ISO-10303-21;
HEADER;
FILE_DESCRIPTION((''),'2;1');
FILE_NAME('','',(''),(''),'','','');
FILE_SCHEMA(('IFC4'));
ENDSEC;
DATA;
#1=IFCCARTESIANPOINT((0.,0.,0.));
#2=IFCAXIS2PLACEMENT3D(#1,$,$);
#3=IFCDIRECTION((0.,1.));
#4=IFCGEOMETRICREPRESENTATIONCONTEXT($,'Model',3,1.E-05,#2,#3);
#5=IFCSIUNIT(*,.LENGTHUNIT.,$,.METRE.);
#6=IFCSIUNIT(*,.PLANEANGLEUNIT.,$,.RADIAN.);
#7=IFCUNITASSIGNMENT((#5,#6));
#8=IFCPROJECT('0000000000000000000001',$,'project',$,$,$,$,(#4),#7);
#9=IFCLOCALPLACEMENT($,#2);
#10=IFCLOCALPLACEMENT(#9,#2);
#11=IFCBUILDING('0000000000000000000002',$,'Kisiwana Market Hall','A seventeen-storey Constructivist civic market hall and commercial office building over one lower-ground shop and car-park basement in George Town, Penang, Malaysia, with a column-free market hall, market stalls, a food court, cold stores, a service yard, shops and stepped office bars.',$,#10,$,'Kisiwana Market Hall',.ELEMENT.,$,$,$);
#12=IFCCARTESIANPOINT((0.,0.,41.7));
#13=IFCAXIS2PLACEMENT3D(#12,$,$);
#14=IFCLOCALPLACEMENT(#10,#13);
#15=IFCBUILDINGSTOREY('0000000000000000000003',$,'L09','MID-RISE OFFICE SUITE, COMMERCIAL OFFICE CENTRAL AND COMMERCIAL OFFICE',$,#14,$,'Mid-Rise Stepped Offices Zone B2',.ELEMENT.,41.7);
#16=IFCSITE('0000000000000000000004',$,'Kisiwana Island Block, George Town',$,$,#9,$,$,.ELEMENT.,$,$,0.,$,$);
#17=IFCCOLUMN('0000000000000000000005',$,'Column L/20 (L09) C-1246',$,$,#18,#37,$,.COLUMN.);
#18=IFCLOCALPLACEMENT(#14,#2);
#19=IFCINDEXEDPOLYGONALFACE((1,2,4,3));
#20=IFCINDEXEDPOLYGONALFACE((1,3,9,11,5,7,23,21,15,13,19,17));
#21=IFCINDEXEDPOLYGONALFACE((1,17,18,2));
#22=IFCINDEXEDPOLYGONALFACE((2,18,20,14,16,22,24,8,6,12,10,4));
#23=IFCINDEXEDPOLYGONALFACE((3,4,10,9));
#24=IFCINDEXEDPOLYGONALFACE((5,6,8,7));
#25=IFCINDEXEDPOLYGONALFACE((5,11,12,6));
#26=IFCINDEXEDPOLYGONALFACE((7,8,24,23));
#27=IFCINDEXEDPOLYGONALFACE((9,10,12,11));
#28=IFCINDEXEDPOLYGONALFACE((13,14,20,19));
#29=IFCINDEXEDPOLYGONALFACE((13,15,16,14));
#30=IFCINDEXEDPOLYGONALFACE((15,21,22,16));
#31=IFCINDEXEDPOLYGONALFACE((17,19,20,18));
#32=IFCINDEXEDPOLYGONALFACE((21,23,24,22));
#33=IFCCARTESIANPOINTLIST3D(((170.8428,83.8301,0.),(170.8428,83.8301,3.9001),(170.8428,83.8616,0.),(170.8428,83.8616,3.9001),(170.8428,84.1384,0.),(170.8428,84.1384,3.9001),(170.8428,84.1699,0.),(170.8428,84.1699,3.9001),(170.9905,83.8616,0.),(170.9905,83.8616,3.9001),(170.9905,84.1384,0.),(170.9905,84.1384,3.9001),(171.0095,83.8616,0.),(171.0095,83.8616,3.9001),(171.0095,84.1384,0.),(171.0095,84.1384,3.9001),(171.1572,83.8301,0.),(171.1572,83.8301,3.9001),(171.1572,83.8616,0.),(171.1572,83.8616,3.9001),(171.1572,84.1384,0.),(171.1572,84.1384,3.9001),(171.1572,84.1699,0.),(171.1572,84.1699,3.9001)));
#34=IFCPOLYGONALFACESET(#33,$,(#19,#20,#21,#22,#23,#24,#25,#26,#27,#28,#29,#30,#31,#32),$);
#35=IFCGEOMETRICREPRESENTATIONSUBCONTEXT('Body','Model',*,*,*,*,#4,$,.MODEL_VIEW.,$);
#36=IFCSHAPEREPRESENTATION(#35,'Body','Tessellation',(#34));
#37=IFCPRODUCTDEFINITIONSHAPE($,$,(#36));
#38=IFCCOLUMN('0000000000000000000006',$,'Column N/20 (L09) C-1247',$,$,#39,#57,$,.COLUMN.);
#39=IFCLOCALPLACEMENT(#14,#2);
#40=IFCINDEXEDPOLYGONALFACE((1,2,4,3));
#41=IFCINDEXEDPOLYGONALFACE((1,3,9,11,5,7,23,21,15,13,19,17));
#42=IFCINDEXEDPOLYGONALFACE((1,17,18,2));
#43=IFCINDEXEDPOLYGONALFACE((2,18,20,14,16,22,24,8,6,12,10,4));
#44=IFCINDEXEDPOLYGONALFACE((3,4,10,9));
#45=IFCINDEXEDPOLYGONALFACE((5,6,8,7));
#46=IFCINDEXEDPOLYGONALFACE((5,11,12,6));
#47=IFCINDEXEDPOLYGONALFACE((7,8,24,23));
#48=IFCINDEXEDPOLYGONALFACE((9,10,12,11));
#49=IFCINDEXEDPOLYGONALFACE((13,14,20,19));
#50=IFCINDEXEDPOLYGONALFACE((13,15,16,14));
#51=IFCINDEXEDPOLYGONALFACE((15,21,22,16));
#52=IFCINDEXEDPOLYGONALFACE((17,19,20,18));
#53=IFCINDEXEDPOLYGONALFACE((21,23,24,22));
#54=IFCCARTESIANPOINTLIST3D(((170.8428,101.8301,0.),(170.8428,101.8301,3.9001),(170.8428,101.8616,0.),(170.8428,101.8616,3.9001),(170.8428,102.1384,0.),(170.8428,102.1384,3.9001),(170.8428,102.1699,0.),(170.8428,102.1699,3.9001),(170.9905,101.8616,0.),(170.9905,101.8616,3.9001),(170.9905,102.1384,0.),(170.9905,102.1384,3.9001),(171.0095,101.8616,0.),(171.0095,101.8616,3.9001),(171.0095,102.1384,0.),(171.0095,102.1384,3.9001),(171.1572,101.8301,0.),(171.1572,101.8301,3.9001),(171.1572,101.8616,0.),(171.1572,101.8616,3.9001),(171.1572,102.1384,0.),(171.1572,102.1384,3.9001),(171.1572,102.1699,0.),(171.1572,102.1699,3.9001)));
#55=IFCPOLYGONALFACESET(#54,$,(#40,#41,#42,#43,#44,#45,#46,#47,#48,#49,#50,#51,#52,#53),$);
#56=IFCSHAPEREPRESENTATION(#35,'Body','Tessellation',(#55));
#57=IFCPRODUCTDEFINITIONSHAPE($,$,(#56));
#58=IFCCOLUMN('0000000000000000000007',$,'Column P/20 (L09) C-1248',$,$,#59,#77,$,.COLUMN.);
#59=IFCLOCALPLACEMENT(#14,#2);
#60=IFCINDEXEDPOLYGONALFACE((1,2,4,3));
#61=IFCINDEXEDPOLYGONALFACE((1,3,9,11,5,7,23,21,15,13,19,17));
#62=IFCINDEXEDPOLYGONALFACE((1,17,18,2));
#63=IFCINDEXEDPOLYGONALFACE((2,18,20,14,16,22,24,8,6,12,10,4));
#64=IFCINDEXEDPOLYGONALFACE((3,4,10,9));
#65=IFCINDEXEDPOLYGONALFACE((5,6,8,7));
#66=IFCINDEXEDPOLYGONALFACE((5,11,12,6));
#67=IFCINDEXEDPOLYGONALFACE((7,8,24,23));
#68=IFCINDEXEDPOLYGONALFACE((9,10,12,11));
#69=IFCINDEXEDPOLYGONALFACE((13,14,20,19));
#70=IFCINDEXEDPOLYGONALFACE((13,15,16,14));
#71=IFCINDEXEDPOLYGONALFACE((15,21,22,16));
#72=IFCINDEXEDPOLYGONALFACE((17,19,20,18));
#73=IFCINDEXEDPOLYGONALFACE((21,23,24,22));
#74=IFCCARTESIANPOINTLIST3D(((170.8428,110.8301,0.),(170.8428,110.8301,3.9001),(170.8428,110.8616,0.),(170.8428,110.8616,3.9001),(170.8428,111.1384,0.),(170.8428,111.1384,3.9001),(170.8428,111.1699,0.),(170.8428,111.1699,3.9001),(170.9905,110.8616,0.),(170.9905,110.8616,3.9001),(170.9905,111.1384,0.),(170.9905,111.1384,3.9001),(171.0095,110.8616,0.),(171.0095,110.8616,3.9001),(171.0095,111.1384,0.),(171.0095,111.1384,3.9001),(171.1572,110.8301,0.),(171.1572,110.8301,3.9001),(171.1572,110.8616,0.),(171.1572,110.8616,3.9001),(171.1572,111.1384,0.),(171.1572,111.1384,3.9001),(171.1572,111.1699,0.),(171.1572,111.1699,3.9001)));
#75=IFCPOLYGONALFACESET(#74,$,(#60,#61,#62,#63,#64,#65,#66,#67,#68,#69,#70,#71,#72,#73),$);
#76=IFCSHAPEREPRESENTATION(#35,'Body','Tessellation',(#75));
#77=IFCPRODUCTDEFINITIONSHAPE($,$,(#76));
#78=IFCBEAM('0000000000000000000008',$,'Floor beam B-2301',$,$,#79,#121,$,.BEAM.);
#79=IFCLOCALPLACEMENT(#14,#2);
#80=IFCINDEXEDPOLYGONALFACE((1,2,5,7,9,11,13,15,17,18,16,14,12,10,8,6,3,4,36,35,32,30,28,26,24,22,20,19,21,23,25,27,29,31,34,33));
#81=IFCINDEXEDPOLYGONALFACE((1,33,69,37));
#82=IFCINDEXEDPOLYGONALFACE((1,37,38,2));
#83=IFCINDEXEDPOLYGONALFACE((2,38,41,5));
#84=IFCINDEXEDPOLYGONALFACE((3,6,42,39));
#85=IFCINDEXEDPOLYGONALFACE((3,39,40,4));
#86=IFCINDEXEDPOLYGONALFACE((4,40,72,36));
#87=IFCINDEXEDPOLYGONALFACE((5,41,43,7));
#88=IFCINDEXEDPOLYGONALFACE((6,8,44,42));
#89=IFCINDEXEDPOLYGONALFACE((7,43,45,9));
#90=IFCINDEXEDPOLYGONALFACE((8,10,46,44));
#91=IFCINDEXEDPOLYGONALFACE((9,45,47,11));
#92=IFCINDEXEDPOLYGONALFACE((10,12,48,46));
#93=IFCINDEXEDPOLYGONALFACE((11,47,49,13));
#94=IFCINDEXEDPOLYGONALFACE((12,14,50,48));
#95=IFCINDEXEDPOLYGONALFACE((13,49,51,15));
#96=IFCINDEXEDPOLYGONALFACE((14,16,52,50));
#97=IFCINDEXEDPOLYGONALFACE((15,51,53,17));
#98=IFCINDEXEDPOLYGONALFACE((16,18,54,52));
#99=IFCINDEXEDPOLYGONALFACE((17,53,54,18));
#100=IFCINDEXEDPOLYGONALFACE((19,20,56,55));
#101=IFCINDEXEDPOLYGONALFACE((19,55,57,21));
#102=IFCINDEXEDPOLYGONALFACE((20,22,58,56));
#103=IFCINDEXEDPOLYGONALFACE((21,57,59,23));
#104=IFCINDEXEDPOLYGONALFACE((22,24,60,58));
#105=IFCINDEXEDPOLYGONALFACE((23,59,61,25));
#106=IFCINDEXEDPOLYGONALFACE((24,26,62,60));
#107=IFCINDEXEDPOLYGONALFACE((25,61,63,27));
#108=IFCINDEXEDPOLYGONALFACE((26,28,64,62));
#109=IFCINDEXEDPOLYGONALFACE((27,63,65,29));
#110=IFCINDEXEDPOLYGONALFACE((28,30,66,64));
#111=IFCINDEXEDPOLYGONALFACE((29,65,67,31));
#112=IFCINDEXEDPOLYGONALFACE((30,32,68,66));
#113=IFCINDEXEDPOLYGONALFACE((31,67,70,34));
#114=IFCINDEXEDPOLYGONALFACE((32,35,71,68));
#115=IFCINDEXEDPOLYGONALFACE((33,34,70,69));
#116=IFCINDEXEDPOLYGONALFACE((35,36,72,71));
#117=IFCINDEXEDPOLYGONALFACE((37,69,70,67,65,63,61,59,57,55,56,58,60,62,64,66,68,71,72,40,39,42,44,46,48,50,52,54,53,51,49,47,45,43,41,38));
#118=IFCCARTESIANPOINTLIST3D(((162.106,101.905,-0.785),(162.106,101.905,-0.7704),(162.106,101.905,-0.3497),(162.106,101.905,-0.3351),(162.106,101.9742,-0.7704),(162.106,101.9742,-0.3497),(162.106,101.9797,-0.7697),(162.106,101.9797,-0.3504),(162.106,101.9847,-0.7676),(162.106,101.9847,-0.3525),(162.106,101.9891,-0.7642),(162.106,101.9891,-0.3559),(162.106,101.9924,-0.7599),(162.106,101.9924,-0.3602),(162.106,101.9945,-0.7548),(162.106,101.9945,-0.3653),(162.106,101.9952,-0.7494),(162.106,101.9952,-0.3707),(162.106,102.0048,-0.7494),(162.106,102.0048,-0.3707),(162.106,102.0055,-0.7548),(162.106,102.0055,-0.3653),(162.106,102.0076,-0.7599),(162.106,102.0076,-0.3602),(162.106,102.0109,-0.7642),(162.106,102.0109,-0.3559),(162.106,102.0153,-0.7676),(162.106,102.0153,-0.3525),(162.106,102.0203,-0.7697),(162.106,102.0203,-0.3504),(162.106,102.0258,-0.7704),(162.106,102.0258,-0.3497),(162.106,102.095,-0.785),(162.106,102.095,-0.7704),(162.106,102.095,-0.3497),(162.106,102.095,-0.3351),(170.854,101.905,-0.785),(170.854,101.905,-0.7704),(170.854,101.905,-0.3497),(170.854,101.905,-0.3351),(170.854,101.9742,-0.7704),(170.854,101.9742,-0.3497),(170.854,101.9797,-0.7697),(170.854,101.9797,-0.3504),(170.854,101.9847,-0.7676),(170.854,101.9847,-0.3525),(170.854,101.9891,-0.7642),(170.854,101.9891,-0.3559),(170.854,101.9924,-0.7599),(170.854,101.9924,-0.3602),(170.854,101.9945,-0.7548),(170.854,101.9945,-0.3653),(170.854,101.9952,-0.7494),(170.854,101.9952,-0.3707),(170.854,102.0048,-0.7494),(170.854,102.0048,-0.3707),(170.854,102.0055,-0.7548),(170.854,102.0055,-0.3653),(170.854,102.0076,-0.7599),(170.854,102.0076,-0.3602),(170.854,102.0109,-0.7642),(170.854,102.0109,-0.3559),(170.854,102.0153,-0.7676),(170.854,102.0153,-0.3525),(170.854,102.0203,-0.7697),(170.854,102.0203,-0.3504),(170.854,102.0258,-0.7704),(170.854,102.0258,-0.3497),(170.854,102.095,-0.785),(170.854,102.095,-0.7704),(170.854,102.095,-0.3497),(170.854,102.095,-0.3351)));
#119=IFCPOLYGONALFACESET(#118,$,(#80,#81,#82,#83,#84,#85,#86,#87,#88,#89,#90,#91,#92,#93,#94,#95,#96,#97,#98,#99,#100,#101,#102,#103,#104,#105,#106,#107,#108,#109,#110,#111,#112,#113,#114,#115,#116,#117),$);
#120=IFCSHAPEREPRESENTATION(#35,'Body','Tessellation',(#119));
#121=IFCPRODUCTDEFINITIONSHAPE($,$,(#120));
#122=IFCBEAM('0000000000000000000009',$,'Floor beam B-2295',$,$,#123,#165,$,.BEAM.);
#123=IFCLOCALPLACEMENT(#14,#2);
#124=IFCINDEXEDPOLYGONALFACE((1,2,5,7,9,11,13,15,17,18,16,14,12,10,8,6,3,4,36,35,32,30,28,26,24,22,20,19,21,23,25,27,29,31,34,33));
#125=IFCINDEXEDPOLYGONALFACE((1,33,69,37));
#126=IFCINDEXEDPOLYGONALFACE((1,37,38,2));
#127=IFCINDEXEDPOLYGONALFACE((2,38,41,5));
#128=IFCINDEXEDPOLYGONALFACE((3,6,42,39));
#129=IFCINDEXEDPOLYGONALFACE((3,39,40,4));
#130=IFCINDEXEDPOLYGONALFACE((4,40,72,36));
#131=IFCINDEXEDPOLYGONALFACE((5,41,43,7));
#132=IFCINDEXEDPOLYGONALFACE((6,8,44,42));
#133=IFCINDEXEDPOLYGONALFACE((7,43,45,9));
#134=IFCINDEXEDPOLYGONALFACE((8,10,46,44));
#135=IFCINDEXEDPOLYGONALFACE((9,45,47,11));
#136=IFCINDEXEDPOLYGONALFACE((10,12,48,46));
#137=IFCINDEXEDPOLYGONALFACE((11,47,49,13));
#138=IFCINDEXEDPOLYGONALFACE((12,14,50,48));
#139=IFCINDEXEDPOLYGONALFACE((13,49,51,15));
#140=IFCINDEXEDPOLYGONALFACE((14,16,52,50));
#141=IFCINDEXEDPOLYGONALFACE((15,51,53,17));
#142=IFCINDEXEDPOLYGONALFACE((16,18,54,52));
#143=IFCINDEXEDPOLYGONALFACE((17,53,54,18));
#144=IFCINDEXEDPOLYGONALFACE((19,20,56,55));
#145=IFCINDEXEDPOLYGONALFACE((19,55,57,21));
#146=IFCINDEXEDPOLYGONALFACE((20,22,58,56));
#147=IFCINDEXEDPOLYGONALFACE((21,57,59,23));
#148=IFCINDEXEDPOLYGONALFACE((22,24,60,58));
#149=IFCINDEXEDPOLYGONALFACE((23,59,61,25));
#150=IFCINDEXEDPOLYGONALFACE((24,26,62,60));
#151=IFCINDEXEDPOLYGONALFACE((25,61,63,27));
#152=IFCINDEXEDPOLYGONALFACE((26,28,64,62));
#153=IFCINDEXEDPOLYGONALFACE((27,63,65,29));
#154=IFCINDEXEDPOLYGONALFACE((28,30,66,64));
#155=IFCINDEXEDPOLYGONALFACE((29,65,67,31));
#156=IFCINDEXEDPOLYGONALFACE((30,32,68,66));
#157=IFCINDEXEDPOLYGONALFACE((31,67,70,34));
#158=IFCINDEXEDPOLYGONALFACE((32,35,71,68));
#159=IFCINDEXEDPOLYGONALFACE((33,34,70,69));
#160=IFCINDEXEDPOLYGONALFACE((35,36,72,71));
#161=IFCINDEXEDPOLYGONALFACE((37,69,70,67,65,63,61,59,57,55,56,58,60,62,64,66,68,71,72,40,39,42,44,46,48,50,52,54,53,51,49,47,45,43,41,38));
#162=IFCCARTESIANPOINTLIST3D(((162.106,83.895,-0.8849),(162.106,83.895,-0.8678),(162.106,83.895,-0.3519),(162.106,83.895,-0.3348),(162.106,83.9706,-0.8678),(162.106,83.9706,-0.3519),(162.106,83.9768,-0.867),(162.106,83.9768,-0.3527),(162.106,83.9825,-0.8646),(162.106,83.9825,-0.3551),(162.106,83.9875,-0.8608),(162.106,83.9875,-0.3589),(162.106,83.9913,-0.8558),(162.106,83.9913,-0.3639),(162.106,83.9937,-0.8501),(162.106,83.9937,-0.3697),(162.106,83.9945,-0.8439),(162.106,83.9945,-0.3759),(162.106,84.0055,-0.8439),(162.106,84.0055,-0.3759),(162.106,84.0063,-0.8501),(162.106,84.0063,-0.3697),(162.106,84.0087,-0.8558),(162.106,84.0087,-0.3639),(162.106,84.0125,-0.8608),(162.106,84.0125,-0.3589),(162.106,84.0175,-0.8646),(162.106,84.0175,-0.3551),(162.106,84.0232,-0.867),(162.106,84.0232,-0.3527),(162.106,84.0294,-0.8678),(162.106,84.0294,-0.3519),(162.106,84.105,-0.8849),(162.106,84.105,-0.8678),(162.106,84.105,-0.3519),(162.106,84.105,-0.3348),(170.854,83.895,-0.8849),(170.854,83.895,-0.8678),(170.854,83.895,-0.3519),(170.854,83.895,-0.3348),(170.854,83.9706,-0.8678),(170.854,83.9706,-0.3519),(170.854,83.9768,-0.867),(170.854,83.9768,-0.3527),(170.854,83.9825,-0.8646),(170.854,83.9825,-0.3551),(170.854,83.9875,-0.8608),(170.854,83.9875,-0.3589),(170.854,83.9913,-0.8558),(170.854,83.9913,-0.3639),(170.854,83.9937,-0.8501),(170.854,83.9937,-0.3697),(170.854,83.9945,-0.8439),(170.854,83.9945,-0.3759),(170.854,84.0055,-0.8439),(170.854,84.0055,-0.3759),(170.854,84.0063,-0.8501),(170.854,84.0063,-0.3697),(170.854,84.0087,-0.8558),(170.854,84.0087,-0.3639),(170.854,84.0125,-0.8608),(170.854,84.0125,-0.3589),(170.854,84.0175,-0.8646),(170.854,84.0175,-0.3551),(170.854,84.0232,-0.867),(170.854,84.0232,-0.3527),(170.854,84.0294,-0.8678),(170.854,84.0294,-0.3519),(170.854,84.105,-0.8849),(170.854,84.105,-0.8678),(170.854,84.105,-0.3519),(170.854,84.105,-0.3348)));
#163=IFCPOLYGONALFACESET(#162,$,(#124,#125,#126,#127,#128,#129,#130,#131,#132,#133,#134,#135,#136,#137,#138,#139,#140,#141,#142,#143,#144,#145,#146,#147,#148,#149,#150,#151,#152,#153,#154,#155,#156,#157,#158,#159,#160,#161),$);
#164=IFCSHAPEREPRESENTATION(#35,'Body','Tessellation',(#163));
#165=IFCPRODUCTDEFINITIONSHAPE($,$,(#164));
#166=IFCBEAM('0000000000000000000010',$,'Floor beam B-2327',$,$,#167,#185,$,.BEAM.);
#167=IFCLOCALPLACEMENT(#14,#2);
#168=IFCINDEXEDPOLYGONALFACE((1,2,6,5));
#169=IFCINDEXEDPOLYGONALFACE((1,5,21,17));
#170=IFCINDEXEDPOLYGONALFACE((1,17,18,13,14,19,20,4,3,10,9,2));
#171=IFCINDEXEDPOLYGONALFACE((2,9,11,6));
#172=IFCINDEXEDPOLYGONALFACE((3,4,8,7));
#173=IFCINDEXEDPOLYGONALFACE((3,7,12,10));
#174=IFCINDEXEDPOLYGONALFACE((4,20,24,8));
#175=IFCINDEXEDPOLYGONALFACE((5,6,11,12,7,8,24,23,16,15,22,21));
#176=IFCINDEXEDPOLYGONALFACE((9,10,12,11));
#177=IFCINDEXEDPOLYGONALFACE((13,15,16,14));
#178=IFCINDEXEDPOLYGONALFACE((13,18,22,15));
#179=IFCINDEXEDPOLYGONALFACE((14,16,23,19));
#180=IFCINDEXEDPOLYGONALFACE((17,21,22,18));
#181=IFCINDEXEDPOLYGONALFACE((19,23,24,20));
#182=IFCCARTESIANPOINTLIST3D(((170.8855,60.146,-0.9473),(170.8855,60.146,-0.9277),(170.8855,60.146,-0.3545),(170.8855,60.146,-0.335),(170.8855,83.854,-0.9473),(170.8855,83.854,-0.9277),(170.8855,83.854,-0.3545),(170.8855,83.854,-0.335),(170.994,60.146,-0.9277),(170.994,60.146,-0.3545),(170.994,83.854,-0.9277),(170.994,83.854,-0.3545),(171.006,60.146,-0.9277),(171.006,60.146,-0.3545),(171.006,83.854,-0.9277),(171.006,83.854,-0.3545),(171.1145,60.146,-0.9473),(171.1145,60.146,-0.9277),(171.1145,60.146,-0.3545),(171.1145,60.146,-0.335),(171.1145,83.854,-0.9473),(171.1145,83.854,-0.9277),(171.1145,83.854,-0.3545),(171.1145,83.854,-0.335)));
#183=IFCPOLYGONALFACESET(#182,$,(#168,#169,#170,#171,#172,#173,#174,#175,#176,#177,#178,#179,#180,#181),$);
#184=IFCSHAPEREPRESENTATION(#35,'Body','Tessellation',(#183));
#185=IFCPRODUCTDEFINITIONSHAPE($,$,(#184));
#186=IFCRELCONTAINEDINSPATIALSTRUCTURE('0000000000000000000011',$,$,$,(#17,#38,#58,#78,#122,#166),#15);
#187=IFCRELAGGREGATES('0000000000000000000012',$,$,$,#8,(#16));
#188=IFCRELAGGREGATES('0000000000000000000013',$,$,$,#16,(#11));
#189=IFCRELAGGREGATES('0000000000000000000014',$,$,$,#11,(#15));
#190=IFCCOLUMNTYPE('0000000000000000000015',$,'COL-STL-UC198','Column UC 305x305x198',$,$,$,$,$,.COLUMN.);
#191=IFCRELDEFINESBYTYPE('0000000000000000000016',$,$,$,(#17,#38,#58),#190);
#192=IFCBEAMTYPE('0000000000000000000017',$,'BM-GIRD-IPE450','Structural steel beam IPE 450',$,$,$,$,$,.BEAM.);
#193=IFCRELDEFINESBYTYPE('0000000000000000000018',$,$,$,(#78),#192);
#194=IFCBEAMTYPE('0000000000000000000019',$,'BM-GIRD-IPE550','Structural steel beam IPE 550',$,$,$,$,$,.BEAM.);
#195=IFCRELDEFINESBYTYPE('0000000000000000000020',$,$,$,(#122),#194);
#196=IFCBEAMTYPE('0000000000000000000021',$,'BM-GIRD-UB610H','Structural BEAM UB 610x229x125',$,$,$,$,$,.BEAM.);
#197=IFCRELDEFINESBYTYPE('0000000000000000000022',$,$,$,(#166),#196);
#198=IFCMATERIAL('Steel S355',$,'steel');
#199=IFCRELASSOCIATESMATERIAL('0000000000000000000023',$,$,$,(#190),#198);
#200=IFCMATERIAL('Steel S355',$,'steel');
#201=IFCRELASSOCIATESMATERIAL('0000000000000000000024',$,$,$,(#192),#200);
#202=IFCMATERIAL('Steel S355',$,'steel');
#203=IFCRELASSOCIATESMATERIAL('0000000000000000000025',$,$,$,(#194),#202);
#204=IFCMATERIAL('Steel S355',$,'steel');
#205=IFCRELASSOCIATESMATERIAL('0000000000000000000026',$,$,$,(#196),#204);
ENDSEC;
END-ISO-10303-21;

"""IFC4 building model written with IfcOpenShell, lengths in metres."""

from ifc_helpers import new_model, si_unit, direction, frame, origin, origin_2d, place, context, subcontext, project, spatial, i_section, extrude, material, material_profile, profile_set, type_object, element, save


model = new_model("IFC4")

# Units and contexts
model_context = context("Model", 3, precision=1e-05, world=origin(), true_north=direction((0.0, 1.0)))
body_context = subcontext(model_context, "Body", "Model", "MODEL_VIEW")
ifc_project = project(units=[si_unit("LENGTHUNIT", "METRE"), si_unit("PLANEANGLEUNIT", "RADIAN")], contexts=[model_context])

# Site, building, storey
site_placement = place(None, origin())
site = spatial("IfcSite", under=ifc_project, at=site_placement, Name="Kisiwana Island Block, George Town", CompositionType="ELEMENT", RefElevation=0.0)
building_placement = place(site_placement, origin())
building = spatial("IfcBuilding", under=site, at=building_placement, Name="Kisiwana Market Hall", Description="A seventeen-storey Constructivist civic market hall and commercial office building over one lower-ground shop and car-park basement in George Town, Penang, Malaysia, with a column-free market hall, market stalls, a food court, cold stores, a service yard, shops and stepped office bars.", LongName="Kisiwana Market Hall", CompositionType="ELEMENT")
storey_placement = place(building_placement, frame((0.0, 0.0, 41.7)))
storey = spatial("IfcBuildingStorey", under=building, at=storey_placement, Name="L09", Description="MID-RISE OFFICE SUITE, COMMERCIAL OFFICE CENTRAL AND COMMERCIAL OFFICE", LongName="Mid-Rise Stepped Offices Zone B2", CompositionType="ELEMENT", Elevation=41.7)

# Columns
ifc_material_1 = material(Name="Steel S355", Category="steel")
ifc_material_profile_1 = material_profile(ifc_material_1, i_section(OverallWidth=0.3145, OverallDepth=0.3398, WebThickness=0.019, FlangeThickness=0.0315, at=origin_2d()), Name="UC 305x305x198")
ifc_profile_set_1 = profile_set([ifc_material_profile_1], Name="Steel S355")
column_type = type_object("IfcColumnType", Name="COL-STL-UC198", Description="Column UC 305x305x198", PredefinedType="COLUMN", material=ifc_profile_set_1)
for number, where, z_axis, x_axis, name in (
    (1, (171.0, 84.0, 0.0), (0.0, 0.0, 1.0), (1.0, 0.0, 0.0), "Column L/20 (L09) C-1246"),
    (2, (171.0, 102.0, 0.0), (0.0, 0.0, 1.0), (1.0, 0.0, 0.0), "Column N/20 (L09) C-1247"),
    (3, (171.0, 111.0, 0.0), (0.0, 0.0, 1.0), (1.0, 0.0, 0.0), "Column P/20 (L09) C-1248"),
):
    element("IfcColumn", number, at=place(storey_placement, frame(where, z_axis=z_axis, x_axis=x_axis)), inside=storey, type_object=column_type, Name=name, PredefinedType="COLUMN", context=body_context, shape_type="SweptSolid", body=[
        extrude(i_section(OverallWidth=0.3145, OverallDepth=0.3398, WebThickness=0.019, FlangeThickness=0.0315, at=origin_2d()), origin(), (0.0, 0.0, 1.0), 3.9001),
    ])

# Beams
ifc_material_2 = material(Name="Steel S355", Category="steel")
ifc_material_profile_2 = material_profile(ifc_material_2, i_section(OverallWidth=0.1899, OverallDepth=0.45, WebThickness=0.0095, FlangeThickness=0.0146, FilletRadius=0.021, at=origin_2d()), Name="IPE 450")
ifc_profile_set_2 = profile_set([ifc_material_profile_2], Name="Steel S355")
beam_type_1 = type_object("IfcBeamType", Name="BM-GIRD-IPE450", Description="Structural steel beam IPE 450", PredefinedType="BEAM", material=ifc_profile_set_2)
beam_1_placement = place(storey_placement, frame((162.106, 102.0, -0.5601), z_axis=(1.0, 0.0, 0.0), x_axis=(0.0, 1.0, 0.0)))
element("IfcBeam", 4, at=beam_1_placement, inside=storey, type_object=beam_type_1, Name="Floor beam B-2301", PredefinedType="BEAM", context=body_context, shape_type="SweptSolid", body=[
    extrude(i_section(OverallWidth=0.1899, OverallDepth=0.45, WebThickness=0.0095, FlangeThickness=0.0146, FilletRadius=0.021, at=origin_2d()), origin(), (0.0, 0.0, 1.0), 8.748),
])
ifc_material_3 = material(Name="Steel S355", Category="steel")
ifc_material_profile_3 = material_profile(ifc_material_3, i_section(OverallWidth=0.21, OverallDepth=0.55, WebThickness=0.011, FlangeThickness=0.0171, FilletRadius=0.0239, at=origin_2d()), Name="IPE 550")
ifc_profile_set_3 = profile_set([ifc_material_profile_3], Name="Steel S355")
beam_type_2 = type_object("IfcBeamType", Name="BM-GIRD-IPE550", Description="Structural steel beam IPE 550", PredefinedType="BEAM", material=ifc_profile_set_3)
beam_2_placement = place(storey_placement, frame((162.106, 84.0, -0.6099), z_axis=(1.0, 0.0, 0.0), x_axis=(0.0, 1.0, 0.0)))
element("IfcBeam", 5, at=beam_2_placement, inside=storey, type_object=beam_type_2, Name="Floor beam B-2295", PredefinedType="BEAM", context=body_context, shape_type="SweptSolid", body=[
    extrude(i_section(OverallWidth=0.21, OverallDepth=0.55, WebThickness=0.011, FlangeThickness=0.0171, FilletRadius=0.0239, at=origin_2d()), origin(), (0.0, 0.0, 1.0), 8.748),
])
ifc_material_4 = material(Name="Steel S355", Category="steel")
ifc_material_profile_4 = material_profile(ifc_material_4, i_section(OverallWidth=0.229, OverallDepth=0.6123, WebThickness=0.012, FlangeThickness=0.0195, at=origin_2d()), Name="UB 610x229x125")
ifc_profile_set_4 = profile_set([ifc_material_profile_4], Name="Steel S355")
beam_type_3 = type_object("IfcBeamType", Name="BM-GIRD-UB610H", Description="Structural BEAM UB 610x229x125", PredefinedType="BEAM", material=ifc_profile_set_4)
beam_3_placement = place(storey_placement, frame((171.0, 60.146, -0.6411), z_axis=(0.0, 1.0, 0.0), x_axis=(-1.0, 0.0, 0.0)))
element("IfcBeam", 6, at=beam_3_placement, inside=storey, type_object=beam_type_3, Name="Floor beam B-2327", PredefinedType="BEAM", context=body_context, shape_type="SweptSolid", body=[
    extrude(i_section(OverallWidth=0.229, OverallDepth=0.6123, WebThickness=0.012, FlangeThickness=0.0195, at=origin_2d()), origin(), (0.0, 0.0, 1.0), 23.708),
])

save(model, "model.ifc")
